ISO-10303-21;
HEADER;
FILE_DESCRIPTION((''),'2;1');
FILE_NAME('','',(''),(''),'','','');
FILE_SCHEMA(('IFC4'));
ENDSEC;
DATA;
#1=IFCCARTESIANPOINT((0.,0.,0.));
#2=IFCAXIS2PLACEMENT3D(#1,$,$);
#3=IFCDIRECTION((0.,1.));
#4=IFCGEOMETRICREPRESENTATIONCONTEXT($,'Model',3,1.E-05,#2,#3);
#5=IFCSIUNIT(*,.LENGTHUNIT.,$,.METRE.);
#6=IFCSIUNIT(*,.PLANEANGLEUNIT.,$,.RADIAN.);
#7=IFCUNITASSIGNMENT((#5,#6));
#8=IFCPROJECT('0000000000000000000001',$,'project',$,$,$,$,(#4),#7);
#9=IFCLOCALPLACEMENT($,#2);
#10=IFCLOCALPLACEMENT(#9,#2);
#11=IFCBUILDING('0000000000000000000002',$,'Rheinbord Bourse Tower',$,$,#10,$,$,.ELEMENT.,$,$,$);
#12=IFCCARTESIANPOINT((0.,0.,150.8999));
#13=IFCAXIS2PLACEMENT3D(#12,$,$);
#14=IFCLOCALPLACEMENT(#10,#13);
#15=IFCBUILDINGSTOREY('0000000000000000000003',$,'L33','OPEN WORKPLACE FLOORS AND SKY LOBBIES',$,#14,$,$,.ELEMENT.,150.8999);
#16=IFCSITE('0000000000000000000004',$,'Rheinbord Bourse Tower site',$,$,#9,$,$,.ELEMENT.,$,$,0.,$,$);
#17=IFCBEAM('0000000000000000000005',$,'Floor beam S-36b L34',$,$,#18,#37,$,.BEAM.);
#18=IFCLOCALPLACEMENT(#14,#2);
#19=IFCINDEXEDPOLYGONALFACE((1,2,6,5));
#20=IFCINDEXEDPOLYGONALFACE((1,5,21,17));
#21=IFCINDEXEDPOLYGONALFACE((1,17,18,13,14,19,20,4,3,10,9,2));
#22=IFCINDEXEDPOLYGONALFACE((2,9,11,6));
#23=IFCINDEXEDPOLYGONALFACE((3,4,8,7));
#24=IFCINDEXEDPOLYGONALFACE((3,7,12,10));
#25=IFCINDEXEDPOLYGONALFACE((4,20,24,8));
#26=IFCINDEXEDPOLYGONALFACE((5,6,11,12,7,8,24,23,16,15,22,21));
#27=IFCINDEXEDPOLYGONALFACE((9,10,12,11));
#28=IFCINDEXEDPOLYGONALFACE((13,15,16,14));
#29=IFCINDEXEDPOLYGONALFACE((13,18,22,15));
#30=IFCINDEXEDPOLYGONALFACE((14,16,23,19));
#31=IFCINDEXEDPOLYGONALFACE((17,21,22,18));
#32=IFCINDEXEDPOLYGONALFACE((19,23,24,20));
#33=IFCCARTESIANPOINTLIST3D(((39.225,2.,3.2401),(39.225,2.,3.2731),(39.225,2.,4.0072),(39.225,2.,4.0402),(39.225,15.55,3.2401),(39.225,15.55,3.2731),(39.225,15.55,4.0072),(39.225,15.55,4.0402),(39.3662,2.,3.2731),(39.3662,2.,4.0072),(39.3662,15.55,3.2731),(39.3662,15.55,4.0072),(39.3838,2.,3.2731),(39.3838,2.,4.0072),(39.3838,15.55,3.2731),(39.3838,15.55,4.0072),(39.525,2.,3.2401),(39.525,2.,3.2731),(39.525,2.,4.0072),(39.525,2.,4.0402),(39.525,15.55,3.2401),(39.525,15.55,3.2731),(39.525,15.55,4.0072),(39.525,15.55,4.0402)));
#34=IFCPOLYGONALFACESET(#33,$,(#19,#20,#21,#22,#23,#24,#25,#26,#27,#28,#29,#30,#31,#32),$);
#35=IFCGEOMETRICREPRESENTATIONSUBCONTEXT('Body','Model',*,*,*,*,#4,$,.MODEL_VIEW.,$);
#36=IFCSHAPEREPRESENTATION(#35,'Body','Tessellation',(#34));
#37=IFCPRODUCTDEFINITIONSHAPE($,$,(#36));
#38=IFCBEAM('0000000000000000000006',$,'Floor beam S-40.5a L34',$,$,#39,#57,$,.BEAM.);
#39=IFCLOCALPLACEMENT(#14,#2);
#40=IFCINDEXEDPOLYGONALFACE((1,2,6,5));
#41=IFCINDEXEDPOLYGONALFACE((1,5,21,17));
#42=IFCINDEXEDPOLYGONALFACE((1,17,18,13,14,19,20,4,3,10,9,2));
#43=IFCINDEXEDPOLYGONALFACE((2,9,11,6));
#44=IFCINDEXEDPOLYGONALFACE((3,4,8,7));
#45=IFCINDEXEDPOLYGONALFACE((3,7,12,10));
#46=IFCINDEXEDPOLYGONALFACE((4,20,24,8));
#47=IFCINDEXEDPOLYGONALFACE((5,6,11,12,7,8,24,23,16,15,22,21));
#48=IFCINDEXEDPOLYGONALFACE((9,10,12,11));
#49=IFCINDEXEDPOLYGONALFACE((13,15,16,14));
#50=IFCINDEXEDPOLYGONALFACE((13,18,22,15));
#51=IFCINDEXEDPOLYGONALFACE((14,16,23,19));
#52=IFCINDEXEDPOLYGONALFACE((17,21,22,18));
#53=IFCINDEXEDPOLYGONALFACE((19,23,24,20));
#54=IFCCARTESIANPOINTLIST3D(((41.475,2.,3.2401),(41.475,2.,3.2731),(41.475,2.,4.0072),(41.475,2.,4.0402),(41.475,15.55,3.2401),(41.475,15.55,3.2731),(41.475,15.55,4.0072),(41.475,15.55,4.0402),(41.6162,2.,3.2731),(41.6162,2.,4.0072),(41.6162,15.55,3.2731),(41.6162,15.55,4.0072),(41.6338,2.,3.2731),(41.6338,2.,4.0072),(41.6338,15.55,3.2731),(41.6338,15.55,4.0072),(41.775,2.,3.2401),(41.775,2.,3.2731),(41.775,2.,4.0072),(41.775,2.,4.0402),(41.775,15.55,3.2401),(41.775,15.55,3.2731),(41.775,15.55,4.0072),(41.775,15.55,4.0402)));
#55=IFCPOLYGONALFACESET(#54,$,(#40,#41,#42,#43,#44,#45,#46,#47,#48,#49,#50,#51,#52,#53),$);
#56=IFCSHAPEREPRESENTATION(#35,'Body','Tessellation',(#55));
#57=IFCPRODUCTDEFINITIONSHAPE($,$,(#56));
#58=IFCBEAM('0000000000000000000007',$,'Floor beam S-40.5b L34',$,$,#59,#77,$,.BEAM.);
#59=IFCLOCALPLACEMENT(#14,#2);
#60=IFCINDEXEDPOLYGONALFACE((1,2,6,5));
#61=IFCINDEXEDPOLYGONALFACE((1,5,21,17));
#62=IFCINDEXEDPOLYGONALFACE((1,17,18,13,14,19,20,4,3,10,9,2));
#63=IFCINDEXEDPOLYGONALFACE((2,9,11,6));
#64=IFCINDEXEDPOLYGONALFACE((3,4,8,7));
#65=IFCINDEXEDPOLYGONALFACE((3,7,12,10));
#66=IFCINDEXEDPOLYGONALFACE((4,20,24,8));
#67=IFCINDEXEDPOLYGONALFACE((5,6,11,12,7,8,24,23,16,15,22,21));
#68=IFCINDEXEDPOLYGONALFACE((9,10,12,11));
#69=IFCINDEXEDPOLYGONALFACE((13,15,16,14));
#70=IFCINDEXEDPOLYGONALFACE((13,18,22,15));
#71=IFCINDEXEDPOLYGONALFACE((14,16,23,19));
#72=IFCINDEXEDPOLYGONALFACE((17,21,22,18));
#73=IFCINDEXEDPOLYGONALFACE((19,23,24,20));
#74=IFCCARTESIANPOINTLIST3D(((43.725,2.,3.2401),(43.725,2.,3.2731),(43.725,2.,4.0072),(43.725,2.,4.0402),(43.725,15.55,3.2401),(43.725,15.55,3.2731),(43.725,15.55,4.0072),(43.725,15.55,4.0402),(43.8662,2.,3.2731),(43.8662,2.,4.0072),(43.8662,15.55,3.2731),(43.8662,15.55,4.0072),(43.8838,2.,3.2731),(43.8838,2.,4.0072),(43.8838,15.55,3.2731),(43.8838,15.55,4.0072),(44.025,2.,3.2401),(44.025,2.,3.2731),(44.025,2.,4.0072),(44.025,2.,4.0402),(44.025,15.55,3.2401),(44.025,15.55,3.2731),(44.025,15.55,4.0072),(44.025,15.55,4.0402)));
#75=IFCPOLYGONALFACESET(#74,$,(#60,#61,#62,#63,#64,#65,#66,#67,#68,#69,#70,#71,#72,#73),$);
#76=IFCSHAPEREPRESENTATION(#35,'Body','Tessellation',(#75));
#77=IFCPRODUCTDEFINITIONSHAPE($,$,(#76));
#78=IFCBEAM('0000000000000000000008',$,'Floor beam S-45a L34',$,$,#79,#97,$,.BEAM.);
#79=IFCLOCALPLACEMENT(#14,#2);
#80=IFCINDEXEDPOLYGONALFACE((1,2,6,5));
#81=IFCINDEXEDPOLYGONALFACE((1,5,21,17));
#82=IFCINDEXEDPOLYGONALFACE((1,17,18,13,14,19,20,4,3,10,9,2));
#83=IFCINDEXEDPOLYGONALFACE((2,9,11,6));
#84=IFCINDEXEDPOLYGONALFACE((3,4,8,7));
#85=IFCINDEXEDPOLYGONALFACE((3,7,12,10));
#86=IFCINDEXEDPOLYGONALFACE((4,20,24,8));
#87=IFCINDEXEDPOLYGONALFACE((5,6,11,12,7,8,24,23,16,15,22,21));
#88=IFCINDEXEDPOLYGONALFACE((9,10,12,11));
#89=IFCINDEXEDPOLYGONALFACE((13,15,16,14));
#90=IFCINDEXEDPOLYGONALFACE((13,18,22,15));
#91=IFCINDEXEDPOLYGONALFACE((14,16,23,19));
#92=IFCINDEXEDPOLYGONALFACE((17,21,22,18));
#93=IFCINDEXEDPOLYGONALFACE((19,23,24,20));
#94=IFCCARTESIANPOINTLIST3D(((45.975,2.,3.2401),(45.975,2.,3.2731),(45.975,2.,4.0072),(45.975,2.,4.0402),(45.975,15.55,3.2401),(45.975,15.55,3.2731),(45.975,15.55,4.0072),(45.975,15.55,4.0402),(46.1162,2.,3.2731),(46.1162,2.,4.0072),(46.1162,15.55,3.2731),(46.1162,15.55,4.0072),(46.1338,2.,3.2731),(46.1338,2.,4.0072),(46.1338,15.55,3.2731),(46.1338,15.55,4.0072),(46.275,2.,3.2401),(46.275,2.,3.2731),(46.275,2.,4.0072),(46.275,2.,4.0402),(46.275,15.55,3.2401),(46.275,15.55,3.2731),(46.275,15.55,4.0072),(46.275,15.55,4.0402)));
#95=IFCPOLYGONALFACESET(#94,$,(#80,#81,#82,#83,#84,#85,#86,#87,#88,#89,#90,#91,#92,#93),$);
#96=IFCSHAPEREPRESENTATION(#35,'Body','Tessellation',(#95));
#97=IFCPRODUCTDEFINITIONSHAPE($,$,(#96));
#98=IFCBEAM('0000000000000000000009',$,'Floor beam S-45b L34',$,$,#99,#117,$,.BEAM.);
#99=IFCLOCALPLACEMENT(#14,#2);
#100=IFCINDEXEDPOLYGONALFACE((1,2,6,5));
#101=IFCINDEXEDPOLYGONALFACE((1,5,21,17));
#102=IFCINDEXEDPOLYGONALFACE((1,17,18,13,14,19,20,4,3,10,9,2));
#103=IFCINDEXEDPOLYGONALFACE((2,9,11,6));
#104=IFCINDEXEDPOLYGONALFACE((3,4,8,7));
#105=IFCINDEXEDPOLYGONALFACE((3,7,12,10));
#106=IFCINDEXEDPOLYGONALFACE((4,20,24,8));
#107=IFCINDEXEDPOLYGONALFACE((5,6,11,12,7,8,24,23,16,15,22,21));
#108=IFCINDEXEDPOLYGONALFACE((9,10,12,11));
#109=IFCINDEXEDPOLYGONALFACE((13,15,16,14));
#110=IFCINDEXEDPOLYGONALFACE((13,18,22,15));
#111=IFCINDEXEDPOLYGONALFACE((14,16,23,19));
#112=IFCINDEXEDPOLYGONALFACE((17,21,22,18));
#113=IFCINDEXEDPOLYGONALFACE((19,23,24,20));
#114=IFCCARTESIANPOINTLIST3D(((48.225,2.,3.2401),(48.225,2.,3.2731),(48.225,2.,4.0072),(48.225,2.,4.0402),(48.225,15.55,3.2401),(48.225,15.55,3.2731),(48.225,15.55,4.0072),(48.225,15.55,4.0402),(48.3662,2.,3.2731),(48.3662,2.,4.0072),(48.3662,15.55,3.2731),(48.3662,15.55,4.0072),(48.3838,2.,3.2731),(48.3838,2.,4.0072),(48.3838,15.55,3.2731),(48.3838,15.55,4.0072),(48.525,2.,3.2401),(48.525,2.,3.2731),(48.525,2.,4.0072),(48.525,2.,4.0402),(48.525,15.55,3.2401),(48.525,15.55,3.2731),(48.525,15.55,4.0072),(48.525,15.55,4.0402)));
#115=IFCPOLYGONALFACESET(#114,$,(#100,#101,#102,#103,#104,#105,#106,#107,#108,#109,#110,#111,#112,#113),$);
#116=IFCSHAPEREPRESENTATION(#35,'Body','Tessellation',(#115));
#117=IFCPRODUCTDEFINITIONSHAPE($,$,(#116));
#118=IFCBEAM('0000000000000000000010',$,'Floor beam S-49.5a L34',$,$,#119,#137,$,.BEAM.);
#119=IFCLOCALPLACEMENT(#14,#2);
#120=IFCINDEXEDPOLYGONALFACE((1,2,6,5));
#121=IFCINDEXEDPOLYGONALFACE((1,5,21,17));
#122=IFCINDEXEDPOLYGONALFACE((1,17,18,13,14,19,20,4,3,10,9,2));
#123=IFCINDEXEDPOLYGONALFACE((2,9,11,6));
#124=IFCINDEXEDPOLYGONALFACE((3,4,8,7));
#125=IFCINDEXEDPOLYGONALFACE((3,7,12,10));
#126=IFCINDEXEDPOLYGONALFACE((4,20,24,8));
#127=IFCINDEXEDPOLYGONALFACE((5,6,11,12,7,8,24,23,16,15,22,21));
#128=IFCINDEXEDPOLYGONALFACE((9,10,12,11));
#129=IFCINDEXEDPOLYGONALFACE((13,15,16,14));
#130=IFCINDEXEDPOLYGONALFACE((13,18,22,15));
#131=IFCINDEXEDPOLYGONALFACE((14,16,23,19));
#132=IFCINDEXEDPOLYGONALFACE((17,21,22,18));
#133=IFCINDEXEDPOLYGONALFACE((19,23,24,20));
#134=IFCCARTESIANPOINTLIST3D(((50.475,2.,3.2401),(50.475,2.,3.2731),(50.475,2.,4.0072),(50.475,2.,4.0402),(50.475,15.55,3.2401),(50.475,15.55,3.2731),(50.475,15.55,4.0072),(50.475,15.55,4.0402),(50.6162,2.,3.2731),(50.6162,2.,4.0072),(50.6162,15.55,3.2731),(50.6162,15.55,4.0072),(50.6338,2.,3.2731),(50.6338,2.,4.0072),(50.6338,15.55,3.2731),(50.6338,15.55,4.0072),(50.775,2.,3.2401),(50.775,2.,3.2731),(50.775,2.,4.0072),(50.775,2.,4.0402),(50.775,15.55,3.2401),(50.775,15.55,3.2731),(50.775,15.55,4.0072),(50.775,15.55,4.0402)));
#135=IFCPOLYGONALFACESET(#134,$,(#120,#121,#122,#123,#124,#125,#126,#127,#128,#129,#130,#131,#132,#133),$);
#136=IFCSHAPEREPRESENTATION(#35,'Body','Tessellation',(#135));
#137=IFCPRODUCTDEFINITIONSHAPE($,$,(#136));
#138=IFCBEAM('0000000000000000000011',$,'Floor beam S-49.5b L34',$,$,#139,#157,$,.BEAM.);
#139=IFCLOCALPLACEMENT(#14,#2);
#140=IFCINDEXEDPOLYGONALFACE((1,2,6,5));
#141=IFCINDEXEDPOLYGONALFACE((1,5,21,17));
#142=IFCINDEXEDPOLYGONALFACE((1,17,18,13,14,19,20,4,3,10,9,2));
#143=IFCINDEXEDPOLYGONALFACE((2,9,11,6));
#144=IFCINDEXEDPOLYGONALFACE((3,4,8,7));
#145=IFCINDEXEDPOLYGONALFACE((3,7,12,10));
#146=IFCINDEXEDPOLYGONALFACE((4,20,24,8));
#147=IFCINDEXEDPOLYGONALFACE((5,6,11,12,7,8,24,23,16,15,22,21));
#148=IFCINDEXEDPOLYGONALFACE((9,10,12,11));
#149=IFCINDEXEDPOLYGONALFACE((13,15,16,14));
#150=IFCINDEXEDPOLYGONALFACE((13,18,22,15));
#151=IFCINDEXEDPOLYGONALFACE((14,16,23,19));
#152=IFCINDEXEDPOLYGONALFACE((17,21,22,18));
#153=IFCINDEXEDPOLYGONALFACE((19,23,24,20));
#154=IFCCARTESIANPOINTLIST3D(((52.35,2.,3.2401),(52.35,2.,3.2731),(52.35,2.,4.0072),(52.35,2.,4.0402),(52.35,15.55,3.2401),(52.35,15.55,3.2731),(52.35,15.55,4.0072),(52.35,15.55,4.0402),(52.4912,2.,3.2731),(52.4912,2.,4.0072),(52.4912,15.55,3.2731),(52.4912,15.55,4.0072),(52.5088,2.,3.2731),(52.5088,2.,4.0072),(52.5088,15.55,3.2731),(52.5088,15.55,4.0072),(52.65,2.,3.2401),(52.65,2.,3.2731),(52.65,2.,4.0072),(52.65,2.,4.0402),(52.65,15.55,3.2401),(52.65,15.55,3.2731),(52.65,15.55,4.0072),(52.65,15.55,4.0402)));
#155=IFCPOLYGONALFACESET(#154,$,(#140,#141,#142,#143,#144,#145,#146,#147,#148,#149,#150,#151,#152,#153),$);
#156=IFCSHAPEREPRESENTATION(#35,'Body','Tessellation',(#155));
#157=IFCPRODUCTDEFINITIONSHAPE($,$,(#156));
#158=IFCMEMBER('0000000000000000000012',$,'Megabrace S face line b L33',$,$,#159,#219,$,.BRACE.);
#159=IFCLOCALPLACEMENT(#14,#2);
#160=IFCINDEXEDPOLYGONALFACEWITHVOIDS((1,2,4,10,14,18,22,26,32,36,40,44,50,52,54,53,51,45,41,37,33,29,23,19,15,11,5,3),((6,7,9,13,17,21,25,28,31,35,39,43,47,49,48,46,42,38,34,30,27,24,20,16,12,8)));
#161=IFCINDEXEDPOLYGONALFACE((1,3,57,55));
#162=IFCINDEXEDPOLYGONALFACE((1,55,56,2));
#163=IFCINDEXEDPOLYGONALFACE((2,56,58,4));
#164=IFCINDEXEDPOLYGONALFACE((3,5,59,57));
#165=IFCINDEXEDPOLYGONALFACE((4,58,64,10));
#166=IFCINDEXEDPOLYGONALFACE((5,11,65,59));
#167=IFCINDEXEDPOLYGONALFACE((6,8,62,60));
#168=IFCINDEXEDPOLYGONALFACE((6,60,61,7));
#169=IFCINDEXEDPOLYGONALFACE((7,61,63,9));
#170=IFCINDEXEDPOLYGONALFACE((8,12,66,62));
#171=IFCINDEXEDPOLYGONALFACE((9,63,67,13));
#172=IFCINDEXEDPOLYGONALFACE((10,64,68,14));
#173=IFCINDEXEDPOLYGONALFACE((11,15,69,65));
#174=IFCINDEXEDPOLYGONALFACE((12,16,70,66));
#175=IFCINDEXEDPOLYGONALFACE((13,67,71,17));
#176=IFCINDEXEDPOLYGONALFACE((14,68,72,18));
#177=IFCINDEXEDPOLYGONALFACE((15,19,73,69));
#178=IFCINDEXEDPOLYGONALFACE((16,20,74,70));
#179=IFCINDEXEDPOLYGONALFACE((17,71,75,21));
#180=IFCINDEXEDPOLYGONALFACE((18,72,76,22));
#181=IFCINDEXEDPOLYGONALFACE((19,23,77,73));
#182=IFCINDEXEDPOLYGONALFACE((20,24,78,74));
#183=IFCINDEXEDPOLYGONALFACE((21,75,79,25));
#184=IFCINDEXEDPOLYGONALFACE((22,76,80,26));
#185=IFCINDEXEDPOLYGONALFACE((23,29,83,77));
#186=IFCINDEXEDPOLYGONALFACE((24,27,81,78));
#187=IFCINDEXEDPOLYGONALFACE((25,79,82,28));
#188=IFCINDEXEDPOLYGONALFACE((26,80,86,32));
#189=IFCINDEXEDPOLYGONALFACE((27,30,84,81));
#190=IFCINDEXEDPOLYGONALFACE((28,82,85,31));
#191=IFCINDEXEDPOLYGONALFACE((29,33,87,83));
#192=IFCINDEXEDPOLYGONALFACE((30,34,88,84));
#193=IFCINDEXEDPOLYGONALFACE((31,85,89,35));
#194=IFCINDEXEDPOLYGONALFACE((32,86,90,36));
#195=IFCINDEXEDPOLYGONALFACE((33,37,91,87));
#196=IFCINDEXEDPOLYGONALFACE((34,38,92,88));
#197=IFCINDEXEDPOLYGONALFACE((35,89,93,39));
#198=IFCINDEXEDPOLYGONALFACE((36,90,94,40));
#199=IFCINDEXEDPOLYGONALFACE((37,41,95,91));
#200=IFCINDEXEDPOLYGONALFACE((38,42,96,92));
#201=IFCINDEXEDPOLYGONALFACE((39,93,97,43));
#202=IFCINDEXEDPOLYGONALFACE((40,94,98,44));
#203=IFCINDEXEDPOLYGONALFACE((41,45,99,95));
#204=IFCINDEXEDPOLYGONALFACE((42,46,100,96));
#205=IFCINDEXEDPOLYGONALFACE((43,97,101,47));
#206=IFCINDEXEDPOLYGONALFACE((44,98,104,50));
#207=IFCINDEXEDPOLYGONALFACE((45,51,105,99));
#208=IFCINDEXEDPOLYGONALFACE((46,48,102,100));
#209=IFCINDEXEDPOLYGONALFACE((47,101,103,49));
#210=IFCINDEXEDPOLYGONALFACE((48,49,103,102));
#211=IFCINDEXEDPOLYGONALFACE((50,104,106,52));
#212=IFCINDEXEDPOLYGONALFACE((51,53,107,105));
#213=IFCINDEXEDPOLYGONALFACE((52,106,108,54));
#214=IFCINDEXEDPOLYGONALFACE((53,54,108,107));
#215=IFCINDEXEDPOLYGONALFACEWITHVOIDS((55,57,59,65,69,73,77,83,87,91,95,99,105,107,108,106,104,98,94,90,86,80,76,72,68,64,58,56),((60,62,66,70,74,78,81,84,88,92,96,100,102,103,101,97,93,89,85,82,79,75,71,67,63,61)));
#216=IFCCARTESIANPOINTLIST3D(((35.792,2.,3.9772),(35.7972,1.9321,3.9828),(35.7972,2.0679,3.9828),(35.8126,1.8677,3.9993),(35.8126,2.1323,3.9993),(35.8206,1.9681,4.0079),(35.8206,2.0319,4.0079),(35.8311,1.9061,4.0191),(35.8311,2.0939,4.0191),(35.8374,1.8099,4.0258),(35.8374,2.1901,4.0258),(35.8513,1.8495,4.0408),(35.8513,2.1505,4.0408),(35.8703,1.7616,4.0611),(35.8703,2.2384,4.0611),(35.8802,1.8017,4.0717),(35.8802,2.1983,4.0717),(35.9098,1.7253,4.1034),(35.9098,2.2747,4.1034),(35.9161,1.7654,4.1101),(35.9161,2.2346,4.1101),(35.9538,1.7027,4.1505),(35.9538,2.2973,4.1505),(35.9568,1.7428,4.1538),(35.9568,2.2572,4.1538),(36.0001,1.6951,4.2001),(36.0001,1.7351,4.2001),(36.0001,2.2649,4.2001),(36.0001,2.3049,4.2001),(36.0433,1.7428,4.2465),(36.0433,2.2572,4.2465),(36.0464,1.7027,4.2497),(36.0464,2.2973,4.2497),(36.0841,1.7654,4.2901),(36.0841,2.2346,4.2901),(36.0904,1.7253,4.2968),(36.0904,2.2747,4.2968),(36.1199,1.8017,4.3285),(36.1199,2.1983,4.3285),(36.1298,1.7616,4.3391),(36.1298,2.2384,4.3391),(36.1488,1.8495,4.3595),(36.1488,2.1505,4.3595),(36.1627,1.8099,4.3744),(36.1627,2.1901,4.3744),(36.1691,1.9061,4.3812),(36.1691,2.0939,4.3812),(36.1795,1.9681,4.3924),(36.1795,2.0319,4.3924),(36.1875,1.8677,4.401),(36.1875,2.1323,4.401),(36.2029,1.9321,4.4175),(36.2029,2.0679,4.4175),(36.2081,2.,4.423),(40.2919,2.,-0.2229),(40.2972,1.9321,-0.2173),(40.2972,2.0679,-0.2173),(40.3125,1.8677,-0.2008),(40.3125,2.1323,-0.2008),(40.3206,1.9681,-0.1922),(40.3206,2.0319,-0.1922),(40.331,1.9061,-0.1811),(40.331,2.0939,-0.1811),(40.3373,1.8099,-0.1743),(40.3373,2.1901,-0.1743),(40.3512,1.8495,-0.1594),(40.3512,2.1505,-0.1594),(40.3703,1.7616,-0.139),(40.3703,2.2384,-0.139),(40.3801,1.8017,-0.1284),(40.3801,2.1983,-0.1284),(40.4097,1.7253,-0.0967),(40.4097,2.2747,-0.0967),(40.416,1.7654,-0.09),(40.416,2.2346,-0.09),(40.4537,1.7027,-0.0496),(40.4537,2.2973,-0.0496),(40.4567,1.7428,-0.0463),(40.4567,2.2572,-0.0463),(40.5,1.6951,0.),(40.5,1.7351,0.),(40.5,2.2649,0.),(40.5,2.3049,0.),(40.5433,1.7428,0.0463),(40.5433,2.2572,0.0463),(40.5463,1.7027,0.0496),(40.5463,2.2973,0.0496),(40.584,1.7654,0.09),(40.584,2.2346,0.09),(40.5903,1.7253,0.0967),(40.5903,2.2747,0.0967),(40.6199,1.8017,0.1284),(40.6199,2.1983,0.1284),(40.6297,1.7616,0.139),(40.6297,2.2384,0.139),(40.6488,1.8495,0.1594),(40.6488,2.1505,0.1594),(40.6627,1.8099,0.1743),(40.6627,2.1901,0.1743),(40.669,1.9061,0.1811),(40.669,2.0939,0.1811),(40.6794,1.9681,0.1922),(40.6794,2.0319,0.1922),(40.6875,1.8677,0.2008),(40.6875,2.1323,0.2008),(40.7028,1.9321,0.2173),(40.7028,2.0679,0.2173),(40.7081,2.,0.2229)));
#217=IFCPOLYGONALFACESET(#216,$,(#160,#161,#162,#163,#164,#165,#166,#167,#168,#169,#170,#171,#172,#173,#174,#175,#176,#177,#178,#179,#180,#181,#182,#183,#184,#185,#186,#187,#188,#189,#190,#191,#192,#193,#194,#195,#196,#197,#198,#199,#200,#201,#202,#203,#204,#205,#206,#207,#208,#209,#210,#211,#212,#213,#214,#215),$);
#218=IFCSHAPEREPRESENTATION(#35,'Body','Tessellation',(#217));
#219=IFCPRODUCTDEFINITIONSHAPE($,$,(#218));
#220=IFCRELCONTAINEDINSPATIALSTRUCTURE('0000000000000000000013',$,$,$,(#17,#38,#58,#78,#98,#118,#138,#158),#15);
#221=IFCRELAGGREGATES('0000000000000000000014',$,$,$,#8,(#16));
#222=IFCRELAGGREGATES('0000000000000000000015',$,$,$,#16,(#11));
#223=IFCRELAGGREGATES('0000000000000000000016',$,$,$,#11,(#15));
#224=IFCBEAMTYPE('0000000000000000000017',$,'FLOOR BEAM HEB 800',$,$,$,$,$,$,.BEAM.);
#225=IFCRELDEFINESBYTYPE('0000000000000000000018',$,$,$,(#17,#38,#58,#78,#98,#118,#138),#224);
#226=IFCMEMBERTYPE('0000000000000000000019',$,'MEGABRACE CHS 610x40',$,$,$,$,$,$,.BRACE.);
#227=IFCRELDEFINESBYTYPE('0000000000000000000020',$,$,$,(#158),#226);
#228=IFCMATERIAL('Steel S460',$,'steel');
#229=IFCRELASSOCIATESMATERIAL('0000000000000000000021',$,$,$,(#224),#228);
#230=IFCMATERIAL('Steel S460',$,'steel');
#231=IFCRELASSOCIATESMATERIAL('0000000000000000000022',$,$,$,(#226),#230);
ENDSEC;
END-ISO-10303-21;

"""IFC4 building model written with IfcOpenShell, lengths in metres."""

from ifc_helpers import new_model, si_unit, direction, frame, origin, origin_2d, place, context, subcontext, project, spatial, hollow_circle, i_section, extrude, material, material_profile, profile_set, type_object, element, save


model = new_model("IFC4")

# Units and contexts
model_context = context("Model", 3, precision=1e-05, world=origin(), true_north=direction((0.0, 1.0)))
body_context = subcontext(model_context, "Body", "Model", "MODEL_VIEW")
ifc_project = project(units=[si_unit("LENGTHUNIT", "METRE"), si_unit("PLANEANGLEUNIT", "RADIAN")], contexts=[model_context])

# Site, building, storey
site_placement = place(None, origin())
site = spatial("IfcSite", under=ifc_project, at=site_placement, Name="Rheinbord Bourse Tower site", CompositionType="ELEMENT", RefElevation=0.0)
building_placement = place(site_placement, origin())
building = spatial("IfcBuilding", under=site, at=building_placement, Name="Rheinbord Bourse Tower", CompositionType="ELEMENT")
storey_placement = place(building_placement, frame((0.0, 0.0, 150.8999)))
storey = spatial("IfcBuildingStorey", under=building, at=storey_placement, Name="L33", Description="OPEN WORKPLACE FLOORS AND SKY LOBBIES", CompositionType="ELEMENT", Elevation=150.8999)

# Beams
ifc_material_1 = material(Name="Steel S460", Category="steel")
ifc_material_profile_1 = material_profile(ifc_material_1, i_section(OverallWidth=0.3, OverallDepth=0.8, WebThickness=0.0176, FlangeThickness=0.033, at=origin_2d()), Name="HEB 800")
ifc_profile_set_1 = profile_set([ifc_material_profile_1], Name="Steel S460")
beam_type_1 = type_object("IfcBeamType", Name="FLOOR BEAM HEB 800", PredefinedType="BEAM", material=ifc_profile_set_1)
for number, where, z_axis, x_axis, name in (
    (1, (39.375, 2.0, 3.6401), (0.0, 1.0, 0.0), (-1.0, 0.0, 0.0), "Floor beam S-36b L34"),
    (2, (41.625, 2.0, 3.6401), (0.0, 1.0, 0.0), (-1.0, 0.0, 0.0), "Floor beam S-40.5a L34"),
    (3, (43.875, 2.0, 3.6401), (0.0, 1.0, 0.0), (-1.0, 0.0, 0.0), "Floor beam S-40.5b L34"),
    (4, (46.125, 2.0, 3.6401), (0.0, 1.0, 0.0), (-1.0, 0.0, 0.0), "Floor beam S-45a L34"),
    (5, (48.375, 2.0, 3.6401), (0.0, 1.0, 0.0), (-1.0, 0.0, 0.0), "Floor beam S-45b L34"),
    (6, (50.625, 2.0, 3.6401), (0.0, 1.0, 0.0), (-1.0, 0.0, 0.0), "Floor beam S-49.5a L34"),
    (7, (52.5, 2.0, 3.6401), (0.0, 1.0, 0.0), (-1.0, 0.0, 0.0), "Floor beam S-49.5b L34"),
):
    element("IfcBeam", number, at=place(storey_placement, frame(where, z_axis=z_axis, x_axis=x_axis)), inside=storey, type_object=beam_type_1, Name=name, PredefinedType="BEAM", context=body_context, shape_type="SweptSolid", body=[
        extrude(i_section(OverallWidth=0.3, OverallDepth=0.8, WebThickness=0.0176, FlangeThickness=0.033, at=origin_2d()), origin(), (0.0, 0.0, 1.0), 13.55),
    ])

# Member
ifc_material_2 = material(Name="Steel S460", Category="steel")
ifc_material_profile_2 = material_profile(ifc_material_2, hollow_circle(Radius=0.3049, WallThickness=0.04, at=origin_2d()), Name="CHS 610x40")
ifc_profile_set_2 = profile_set([ifc_material_profile_2], Name="Steel S460")
member_type_1 = type_object("IfcMemberType", Name="MEGABRACE CHS 610x40", PredefinedType="BRACE", material=ifc_profile_set_2)
member_1_placement = place(storey_placement, frame((40.5, 2.0, 0.0), z_axis=(-0.731039, 0.0, 0.682335), x_axis=(0.0, -1.0, 0.0)))
element("IfcMember", 8, at=member_1_placement, inside=storey, type_object=member_type_1, Name="Megabrace S face line b L33", PredefinedType="BRACE", context=body_context, shape_type="SweptSolid", body=[
    extrude(hollow_circle(Radius=0.3049, WallThickness=0.04, at=origin_2d()), origin(), (0.0, 0.0, 1.0), 6.1555),
])

save(model, "model.ifc")
